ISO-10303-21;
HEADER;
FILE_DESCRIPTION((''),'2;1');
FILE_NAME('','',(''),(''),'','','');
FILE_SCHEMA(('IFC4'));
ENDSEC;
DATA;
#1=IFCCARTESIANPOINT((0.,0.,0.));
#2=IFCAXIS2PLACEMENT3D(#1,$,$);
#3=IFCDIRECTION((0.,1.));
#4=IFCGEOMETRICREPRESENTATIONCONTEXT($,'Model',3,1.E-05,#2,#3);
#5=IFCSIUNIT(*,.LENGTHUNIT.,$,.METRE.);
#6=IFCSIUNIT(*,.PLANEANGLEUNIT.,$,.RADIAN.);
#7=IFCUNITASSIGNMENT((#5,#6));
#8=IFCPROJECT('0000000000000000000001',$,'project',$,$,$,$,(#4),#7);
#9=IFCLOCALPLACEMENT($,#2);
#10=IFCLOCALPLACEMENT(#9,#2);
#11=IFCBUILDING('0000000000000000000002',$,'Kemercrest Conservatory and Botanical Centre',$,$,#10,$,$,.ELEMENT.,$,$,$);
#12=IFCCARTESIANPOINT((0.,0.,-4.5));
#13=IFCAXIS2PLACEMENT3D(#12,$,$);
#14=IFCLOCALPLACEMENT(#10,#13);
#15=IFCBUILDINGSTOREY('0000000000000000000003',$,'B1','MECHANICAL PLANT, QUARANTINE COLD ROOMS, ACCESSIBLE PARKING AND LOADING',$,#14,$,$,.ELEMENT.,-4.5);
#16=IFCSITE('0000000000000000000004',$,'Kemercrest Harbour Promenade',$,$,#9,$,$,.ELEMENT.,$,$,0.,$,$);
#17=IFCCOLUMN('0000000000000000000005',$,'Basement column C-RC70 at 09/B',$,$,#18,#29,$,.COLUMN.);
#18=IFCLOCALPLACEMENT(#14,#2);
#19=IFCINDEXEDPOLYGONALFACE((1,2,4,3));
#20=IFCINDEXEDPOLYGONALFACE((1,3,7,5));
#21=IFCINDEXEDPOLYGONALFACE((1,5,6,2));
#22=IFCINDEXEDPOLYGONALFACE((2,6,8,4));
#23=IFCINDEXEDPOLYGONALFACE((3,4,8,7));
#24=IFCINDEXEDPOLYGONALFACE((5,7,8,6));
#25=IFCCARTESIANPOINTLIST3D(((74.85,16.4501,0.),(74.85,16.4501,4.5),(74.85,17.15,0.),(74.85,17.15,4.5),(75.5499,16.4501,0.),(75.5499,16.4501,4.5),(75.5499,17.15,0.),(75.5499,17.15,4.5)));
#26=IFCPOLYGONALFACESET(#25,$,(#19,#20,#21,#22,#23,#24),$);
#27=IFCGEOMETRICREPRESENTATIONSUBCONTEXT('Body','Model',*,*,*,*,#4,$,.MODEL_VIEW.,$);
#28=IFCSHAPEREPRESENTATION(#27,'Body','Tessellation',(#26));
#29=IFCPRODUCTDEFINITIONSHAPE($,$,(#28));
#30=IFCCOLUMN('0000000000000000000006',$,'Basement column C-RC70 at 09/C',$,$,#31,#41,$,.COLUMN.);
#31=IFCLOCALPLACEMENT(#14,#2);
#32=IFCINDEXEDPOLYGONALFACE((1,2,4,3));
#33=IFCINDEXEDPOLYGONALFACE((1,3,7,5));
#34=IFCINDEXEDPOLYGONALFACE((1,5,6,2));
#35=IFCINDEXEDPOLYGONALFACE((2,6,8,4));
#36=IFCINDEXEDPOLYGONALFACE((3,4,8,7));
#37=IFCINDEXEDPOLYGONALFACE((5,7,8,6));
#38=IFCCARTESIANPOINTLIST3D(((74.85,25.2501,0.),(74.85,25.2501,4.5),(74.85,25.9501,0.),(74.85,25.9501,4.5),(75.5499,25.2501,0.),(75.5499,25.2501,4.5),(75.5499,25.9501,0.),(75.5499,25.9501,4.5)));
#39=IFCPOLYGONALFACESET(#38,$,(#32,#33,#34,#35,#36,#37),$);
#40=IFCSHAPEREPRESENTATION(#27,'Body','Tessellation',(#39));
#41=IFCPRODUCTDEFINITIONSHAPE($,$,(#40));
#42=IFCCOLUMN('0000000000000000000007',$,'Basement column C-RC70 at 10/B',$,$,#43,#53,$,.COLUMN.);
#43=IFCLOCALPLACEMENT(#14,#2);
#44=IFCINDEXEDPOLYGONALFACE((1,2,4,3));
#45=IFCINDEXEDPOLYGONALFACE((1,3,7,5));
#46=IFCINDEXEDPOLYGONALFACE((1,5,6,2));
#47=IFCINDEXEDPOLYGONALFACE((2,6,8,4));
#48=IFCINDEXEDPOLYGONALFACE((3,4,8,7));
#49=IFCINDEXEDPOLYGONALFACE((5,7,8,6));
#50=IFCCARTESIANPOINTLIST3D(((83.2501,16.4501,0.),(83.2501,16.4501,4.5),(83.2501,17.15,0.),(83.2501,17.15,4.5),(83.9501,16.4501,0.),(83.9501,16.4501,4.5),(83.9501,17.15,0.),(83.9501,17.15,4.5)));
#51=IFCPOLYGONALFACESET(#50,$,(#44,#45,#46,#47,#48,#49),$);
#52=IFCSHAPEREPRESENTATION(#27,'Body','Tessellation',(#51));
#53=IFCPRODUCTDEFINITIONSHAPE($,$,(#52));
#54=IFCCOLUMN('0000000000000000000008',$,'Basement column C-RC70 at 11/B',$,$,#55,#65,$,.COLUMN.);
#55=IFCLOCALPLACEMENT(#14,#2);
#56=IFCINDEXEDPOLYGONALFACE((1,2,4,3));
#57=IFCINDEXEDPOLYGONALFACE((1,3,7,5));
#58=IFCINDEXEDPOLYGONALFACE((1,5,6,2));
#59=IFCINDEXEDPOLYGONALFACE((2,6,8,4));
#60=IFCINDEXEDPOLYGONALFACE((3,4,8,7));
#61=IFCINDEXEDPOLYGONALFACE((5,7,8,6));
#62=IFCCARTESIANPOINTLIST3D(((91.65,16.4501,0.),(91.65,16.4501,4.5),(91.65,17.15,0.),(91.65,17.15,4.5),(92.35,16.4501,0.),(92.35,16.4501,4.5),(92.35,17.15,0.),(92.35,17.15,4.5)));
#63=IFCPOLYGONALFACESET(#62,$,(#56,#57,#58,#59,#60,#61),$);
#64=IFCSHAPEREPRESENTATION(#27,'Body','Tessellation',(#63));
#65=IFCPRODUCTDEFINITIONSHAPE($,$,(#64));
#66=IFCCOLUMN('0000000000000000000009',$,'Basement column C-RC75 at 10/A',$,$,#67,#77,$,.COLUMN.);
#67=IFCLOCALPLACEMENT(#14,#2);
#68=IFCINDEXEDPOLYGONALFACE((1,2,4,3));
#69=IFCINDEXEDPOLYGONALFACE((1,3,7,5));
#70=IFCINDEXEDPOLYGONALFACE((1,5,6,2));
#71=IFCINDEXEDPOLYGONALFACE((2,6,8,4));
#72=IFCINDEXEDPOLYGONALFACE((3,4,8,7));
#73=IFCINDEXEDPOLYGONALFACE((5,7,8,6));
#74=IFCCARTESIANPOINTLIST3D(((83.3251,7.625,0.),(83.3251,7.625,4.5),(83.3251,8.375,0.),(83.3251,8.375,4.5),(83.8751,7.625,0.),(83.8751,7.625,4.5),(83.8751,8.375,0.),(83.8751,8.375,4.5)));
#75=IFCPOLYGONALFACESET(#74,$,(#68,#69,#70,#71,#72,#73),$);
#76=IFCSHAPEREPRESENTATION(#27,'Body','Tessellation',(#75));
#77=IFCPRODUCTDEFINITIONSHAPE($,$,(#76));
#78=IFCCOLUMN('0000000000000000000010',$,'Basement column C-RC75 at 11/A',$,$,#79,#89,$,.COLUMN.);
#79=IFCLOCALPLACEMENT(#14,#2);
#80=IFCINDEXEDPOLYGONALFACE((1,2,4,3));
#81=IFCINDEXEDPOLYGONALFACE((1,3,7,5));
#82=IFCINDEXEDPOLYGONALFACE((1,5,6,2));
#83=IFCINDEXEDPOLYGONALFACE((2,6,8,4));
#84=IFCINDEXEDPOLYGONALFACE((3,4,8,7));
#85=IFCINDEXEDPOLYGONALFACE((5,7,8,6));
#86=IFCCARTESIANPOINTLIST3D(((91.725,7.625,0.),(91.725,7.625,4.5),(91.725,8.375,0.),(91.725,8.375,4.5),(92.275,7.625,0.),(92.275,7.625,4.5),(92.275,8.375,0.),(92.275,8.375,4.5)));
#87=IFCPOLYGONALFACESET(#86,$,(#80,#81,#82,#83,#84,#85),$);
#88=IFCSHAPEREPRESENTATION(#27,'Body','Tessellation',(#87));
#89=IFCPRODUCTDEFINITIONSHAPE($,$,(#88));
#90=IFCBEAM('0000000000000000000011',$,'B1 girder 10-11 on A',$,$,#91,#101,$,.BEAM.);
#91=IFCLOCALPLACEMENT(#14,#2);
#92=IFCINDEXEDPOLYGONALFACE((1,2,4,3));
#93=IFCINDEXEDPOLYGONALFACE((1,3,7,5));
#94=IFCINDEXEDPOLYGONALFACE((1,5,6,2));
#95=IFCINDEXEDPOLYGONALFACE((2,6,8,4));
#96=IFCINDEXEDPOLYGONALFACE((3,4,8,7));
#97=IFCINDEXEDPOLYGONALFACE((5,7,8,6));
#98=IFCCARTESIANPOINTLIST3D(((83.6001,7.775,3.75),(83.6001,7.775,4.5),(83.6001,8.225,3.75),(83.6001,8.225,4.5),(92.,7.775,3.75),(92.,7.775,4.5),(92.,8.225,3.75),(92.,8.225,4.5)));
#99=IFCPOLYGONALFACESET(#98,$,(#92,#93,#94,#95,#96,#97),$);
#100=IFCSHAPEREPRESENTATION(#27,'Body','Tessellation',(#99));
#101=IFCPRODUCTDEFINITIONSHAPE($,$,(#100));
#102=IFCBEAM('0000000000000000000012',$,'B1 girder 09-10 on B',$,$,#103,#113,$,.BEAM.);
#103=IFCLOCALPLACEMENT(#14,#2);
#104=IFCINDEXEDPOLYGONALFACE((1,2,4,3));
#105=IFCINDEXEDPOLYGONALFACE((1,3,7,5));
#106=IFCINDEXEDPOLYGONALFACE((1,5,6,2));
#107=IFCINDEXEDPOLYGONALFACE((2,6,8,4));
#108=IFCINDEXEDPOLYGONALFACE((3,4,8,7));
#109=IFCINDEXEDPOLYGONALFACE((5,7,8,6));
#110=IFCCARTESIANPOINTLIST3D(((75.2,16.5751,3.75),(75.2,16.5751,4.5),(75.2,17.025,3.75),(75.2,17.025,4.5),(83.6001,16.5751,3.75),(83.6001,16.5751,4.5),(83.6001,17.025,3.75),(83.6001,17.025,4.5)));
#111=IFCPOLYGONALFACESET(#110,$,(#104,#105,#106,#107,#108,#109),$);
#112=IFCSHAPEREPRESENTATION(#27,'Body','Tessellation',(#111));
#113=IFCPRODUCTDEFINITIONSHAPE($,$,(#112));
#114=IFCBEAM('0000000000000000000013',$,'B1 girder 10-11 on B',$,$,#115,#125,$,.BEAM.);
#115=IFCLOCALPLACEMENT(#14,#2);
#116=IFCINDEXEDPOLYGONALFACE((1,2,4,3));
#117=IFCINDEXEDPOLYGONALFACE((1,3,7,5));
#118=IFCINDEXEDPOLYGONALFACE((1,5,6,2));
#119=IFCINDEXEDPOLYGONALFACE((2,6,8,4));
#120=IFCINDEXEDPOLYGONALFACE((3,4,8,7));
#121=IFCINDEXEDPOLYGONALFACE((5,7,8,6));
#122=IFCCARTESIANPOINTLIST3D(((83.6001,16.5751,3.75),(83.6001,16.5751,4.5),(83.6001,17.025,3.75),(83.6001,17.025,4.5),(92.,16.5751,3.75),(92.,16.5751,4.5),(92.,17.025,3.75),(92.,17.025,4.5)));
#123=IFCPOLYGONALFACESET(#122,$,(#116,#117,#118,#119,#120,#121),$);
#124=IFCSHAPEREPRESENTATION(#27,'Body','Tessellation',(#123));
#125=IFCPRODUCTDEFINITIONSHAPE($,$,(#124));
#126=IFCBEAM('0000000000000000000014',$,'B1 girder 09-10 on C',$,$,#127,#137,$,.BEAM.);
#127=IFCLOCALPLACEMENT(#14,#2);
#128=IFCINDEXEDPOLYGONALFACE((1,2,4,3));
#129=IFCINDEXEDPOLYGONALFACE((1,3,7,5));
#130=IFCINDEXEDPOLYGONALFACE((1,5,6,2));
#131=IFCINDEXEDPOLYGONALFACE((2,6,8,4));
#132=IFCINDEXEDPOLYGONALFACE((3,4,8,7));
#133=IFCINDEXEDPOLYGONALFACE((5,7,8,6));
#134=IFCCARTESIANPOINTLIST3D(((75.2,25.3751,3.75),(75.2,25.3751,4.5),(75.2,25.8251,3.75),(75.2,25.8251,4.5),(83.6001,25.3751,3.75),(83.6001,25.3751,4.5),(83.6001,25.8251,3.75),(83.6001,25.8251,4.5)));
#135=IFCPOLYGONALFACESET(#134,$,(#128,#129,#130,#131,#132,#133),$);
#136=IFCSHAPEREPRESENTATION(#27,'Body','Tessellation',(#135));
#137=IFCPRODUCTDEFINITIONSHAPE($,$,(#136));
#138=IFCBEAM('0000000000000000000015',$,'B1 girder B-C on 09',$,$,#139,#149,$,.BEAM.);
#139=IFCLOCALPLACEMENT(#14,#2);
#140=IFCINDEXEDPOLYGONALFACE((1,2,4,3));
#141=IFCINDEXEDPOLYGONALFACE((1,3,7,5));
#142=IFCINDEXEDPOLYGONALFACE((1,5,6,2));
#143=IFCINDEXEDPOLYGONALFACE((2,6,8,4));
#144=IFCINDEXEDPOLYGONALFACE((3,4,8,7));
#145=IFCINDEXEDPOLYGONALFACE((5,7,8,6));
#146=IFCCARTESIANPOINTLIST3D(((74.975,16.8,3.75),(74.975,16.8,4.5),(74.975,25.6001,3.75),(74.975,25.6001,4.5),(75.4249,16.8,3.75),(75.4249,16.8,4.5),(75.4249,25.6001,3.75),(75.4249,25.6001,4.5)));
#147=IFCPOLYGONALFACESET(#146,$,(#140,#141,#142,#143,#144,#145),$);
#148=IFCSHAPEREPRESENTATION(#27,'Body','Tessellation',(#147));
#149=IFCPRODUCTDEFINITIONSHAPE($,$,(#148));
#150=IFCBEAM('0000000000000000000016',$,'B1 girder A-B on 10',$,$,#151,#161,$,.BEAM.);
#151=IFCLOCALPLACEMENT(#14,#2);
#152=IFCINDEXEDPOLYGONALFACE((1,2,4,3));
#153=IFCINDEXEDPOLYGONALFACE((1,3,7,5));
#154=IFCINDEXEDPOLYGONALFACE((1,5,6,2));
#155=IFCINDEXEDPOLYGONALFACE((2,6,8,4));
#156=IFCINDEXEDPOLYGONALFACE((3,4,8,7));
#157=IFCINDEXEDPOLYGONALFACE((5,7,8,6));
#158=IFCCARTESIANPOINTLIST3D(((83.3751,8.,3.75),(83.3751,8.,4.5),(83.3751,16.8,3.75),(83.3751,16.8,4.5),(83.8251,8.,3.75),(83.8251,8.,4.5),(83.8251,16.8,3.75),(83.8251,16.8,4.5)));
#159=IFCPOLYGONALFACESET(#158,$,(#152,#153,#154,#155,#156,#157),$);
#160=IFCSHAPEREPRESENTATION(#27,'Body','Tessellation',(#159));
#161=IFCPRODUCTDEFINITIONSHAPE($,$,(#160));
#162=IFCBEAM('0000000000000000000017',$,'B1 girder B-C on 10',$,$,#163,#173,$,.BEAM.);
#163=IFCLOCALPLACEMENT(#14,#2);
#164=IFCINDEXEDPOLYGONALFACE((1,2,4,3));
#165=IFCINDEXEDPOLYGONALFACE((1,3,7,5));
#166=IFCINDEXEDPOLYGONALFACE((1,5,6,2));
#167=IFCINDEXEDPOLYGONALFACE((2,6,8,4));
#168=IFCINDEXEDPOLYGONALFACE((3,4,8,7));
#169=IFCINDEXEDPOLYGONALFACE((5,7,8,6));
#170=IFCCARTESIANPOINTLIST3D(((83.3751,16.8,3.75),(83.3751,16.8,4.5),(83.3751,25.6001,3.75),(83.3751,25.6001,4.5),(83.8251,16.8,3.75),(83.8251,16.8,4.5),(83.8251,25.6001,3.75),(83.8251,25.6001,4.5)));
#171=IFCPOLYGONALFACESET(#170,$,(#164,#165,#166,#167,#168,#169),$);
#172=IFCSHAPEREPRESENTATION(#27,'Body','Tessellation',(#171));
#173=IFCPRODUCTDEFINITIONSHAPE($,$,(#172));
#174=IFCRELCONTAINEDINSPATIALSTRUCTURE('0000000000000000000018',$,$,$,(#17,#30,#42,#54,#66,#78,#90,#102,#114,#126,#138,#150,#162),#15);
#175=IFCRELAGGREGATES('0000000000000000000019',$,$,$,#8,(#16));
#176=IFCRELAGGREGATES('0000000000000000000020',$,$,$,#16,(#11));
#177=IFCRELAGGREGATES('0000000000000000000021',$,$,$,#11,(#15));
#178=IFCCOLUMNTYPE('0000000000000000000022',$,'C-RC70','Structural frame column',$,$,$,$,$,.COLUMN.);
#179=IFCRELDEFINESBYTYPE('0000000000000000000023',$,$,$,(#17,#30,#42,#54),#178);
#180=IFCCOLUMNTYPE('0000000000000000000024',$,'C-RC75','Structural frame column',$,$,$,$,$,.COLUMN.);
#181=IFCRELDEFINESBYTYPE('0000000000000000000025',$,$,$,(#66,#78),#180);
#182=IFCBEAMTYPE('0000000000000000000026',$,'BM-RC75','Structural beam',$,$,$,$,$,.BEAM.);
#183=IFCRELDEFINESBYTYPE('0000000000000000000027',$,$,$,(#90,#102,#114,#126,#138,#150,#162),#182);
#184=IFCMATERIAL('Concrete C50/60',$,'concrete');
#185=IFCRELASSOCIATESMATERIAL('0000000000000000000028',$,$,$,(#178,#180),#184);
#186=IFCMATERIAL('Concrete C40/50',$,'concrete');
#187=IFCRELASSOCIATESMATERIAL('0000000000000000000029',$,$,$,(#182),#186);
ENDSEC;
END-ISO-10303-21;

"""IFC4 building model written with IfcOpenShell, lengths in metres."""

from ifc_helpers import new_model, si_unit, direction, frame, origin, origin_2d, place, context, subcontext, project, spatial, rectangle, extrude, material, material_profile, profile_set, type_object, element, save


model = new_model("IFC4")

# Units and contexts
model_context = context("Model", 3, precision=1e-05, world=origin(), true_north=direction((0.0, 1.0)))
body_context = subcontext(model_context, "Body", "Model", "MODEL_VIEW")
ifc_project = project(units=[si_unit("LENGTHUNIT", "METRE"), si_unit("PLANEANGLEUNIT", "RADIAN")], contexts=[model_context])

# Site, building, storey
site_placement = place(None, origin())
site = spatial("IfcSite", under=ifc_project, at=site_placement, Name="Kemercrest Harbour Promenade", CompositionType="ELEMENT", RefElevation=0.0)
building_placement = place(site_placement, origin())
building = spatial("IfcBuilding", under=site, at=building_placement, Name="Kemercrest Conservatory and Botanical Centre", CompositionType="ELEMENT")
storey_placement = place(building_placement, frame((0.0, 0.0, -4.5)))
storey = spatial("IfcBuildingStorey", under=building, at=storey_placement, Name="B1", Description="MECHANICAL PLANT, QUARANTINE COLD ROOMS, ACCESSIBLE PARKING AND LOADING", CompositionType="ELEMENT", Elevation=-4.5)

# Shared definitions
ifc_material_1 = material(Name="Concrete C40/50", Category="concrete")

# Columns
ifc_material_2 = material(Name="Concrete C50/60", Category="concrete")
ifc_material_profile_1 = material_profile(ifc_material_2, rectangle(XDim=0.7, YDim=0.7, at=origin_2d()), Name="RC 700x700")
ifc_profile_set_1 = profile_set([ifc_material_profile_1], Name="Concrete C50/60")
column_type_1 = type_object("IfcColumnType", Name="C-RC70", Description="Structural frame column", PredefinedType="COLUMN", material=ifc_profile_set_1)
for number, where, z_axis, x_axis, name in (
    (1, (75.2, 16.8, 0.0), (0.0, 0.0, 1.0), (1.0, 0.0, 0.0), "Basement column C-RC70 at 09/B"),
    (2, (75.2, 25.6001, 0.0), (0.0, 0.0, 1.0), (1.0, 0.0, 0.0), "Basement column C-RC70 at 09/C"),
    (3, (83.6001, 16.8, 0.0), (0.0, 0.0, 1.0), (1.0, 0.0, 0.0), "Basement column C-RC70 at 10/B"),
    (4, (92.0, 16.8, 0.0), (0.0, 0.0, 1.0), (1.0, 0.0, 0.0), "Basement column C-RC70 at 11/B"),
):
    element("IfcColumn", number, at=place(storey_placement, frame(where, z_axis=z_axis, x_axis=x_axis)), inside=storey, type_object=column_type_1, Name=name, PredefinedType="COLUMN", context=body_context, shape_type="SweptSolid", body=[
        extrude(rectangle(XDim=0.7, YDim=0.7, at=origin_2d()), origin(), (0.0, 0.0, 1.0), 4.5),
    ])
ifc_material_profile_2 = material_profile(ifc_material_2, rectangle(XDim=0.55, YDim=0.75, at=origin_2d()), Name="RC 750x550")
ifc_profile_set_2 = profile_set([ifc_material_profile_2], Name="Concrete C50/60")
column_type_2 = type_object("IfcColumnType", Name="C-RC75", Description="Structural frame column", PredefinedType="COLUMN", material=ifc_profile_set_2)
for number, where, z_axis, x_axis, name in (
    (5, (83.6001, 8.0, 0.0), (0.0, 0.0, 1.0), (1.0, 0.0, 0.0), "Basement column C-RC75 at 10/A"),
    (6, (92.0, 8.0, 0.0), (0.0, 0.0, 1.0), (1.0, 0.0, 0.0), "Basement column C-RC75 at 11/A"),
):
    element("IfcColumn", number, at=place(storey_placement, frame(where, z_axis=z_axis, x_axis=x_axis)), inside=storey, type_object=column_type_2, Name=name, PredefinedType="COLUMN", context=body_context, shape_type="SweptSolid", body=[
        extrude(rectangle(XDim=0.55, YDim=0.75, at=origin_2d()), origin(), (0.0, 0.0, 1.0), 4.5),
    ])

# Beams
ifc_material_profile_3 = material_profile(ifc_material_1, rectangle(XDim=0.45, YDim=0.75, at=origin_2d()), Name="RC 450x750")
ifc_profile_set_3 = profile_set([ifc_material_profile_3], Name="Concrete C40/50")
beam_type = type_object("IfcBeamType", Name="BM-RC75", Description="Structural beam", PredefinedType="BEAM", material=ifc_profile_set_3)
beam_1_placement = place(storey_placement, frame((83.6001, 8.0, 4.125), z_axis=(1.0, 0.0, 0.0), x_axis=(0.0, 1.0, 0.0)))
element("IfcBeam", 7, at=beam_1_placement, inside=storey, type_object=beam_type, Name="B1 girder 10-11 on A", PredefinedType="BEAM", context=body_context, shape_type="SweptSolid", body=[
    extrude(rectangle(XDim=0.45, YDim=0.75, at=origin_2d()), origin(), (0.0, 0.0, 1.0), 8.3999),
])
beam_2_placement = place(storey_placement, frame((75.2, 16.8, 4.125), z_axis=(1.0, 0.0, 0.0), x_axis=(0.0, 1.0, 0.0)))
element("IfcBeam", 8, at=beam_2_placement, inside=storey, type_object=beam_type, Name="B1 girder 09-10 on B", PredefinedType="BEAM", context=body_context, shape_type="SweptSolid", body=[
    extrude(rectangle(XDim=0.45, YDim=0.75, at=origin_2d()), origin(), (0.0, 0.0, 1.0), 8.4001),
])
beam_3_placement = place(storey_placement, frame((83.6001, 16.8, 4.125), z_axis=(1.0, 0.0, 0.0), x_axis=(0.0, 1.0, 0.0)))
element("IfcBeam", 9, at=beam_3_placement, inside=storey, type_object=beam_type, Name="B1 girder 10-11 on B", PredefinedType="BEAM", context=body_context, shape_type="SweptSolid", body=[
    extrude(rectangle(XDim=0.45, YDim=0.75, at=origin_2d()), origin(), (0.0, 0.0, 1.0), 8.3999),
])
beam_4_placement = place(storey_placement, frame((75.2, 25.6001, 4.125), z_axis=(1.0, 0.0, 0.0), x_axis=(0.0, 1.0, 0.0)))
element("IfcBeam", 10, at=beam_4_placement, inside=storey, type_object=beam_type, Name="B1 girder 09-10 on C", PredefinedType="BEAM", context=body_context, shape_type="SweptSolid", body=[
    extrude(rectangle(XDim=0.45, YDim=0.75, at=origin_2d()), origin(), (0.0, 0.0, 1.0), 8.4001),
])
for number, where, z_axis, x_axis, name in (
    (11, (75.2, 16.8, 4.125), (0.0, 1.0, 0.0), (-1.0, 0.0, 0.0), "B1 girder B-C on 09"),
    (12, (83.6001, 8.0, 4.125), (0.0, 1.0, 0.0), (-1.0, 0.0, 0.0), "B1 girder A-B on 10"),
    (13, (83.6001, 16.8, 4.125), (0.0, 1.0, 0.0), (-1.0, 0.0, 0.0), "B1 girder B-C on 10"),
):
    element("IfcBeam", number, at=place(storey_placement, frame(where, z_axis=z_axis, x_axis=x_axis)), inside=storey, type_object=beam_type, Name=name, PredefinedType="BEAM", context=body_context, shape_type="SweptSolid", body=[
        extrude(rectangle(XDim=0.45, YDim=0.75, at=origin_2d()), origin(), (0.0, 0.0, 1.0), 8.8),
    ])

save(model, "model.ifc")
